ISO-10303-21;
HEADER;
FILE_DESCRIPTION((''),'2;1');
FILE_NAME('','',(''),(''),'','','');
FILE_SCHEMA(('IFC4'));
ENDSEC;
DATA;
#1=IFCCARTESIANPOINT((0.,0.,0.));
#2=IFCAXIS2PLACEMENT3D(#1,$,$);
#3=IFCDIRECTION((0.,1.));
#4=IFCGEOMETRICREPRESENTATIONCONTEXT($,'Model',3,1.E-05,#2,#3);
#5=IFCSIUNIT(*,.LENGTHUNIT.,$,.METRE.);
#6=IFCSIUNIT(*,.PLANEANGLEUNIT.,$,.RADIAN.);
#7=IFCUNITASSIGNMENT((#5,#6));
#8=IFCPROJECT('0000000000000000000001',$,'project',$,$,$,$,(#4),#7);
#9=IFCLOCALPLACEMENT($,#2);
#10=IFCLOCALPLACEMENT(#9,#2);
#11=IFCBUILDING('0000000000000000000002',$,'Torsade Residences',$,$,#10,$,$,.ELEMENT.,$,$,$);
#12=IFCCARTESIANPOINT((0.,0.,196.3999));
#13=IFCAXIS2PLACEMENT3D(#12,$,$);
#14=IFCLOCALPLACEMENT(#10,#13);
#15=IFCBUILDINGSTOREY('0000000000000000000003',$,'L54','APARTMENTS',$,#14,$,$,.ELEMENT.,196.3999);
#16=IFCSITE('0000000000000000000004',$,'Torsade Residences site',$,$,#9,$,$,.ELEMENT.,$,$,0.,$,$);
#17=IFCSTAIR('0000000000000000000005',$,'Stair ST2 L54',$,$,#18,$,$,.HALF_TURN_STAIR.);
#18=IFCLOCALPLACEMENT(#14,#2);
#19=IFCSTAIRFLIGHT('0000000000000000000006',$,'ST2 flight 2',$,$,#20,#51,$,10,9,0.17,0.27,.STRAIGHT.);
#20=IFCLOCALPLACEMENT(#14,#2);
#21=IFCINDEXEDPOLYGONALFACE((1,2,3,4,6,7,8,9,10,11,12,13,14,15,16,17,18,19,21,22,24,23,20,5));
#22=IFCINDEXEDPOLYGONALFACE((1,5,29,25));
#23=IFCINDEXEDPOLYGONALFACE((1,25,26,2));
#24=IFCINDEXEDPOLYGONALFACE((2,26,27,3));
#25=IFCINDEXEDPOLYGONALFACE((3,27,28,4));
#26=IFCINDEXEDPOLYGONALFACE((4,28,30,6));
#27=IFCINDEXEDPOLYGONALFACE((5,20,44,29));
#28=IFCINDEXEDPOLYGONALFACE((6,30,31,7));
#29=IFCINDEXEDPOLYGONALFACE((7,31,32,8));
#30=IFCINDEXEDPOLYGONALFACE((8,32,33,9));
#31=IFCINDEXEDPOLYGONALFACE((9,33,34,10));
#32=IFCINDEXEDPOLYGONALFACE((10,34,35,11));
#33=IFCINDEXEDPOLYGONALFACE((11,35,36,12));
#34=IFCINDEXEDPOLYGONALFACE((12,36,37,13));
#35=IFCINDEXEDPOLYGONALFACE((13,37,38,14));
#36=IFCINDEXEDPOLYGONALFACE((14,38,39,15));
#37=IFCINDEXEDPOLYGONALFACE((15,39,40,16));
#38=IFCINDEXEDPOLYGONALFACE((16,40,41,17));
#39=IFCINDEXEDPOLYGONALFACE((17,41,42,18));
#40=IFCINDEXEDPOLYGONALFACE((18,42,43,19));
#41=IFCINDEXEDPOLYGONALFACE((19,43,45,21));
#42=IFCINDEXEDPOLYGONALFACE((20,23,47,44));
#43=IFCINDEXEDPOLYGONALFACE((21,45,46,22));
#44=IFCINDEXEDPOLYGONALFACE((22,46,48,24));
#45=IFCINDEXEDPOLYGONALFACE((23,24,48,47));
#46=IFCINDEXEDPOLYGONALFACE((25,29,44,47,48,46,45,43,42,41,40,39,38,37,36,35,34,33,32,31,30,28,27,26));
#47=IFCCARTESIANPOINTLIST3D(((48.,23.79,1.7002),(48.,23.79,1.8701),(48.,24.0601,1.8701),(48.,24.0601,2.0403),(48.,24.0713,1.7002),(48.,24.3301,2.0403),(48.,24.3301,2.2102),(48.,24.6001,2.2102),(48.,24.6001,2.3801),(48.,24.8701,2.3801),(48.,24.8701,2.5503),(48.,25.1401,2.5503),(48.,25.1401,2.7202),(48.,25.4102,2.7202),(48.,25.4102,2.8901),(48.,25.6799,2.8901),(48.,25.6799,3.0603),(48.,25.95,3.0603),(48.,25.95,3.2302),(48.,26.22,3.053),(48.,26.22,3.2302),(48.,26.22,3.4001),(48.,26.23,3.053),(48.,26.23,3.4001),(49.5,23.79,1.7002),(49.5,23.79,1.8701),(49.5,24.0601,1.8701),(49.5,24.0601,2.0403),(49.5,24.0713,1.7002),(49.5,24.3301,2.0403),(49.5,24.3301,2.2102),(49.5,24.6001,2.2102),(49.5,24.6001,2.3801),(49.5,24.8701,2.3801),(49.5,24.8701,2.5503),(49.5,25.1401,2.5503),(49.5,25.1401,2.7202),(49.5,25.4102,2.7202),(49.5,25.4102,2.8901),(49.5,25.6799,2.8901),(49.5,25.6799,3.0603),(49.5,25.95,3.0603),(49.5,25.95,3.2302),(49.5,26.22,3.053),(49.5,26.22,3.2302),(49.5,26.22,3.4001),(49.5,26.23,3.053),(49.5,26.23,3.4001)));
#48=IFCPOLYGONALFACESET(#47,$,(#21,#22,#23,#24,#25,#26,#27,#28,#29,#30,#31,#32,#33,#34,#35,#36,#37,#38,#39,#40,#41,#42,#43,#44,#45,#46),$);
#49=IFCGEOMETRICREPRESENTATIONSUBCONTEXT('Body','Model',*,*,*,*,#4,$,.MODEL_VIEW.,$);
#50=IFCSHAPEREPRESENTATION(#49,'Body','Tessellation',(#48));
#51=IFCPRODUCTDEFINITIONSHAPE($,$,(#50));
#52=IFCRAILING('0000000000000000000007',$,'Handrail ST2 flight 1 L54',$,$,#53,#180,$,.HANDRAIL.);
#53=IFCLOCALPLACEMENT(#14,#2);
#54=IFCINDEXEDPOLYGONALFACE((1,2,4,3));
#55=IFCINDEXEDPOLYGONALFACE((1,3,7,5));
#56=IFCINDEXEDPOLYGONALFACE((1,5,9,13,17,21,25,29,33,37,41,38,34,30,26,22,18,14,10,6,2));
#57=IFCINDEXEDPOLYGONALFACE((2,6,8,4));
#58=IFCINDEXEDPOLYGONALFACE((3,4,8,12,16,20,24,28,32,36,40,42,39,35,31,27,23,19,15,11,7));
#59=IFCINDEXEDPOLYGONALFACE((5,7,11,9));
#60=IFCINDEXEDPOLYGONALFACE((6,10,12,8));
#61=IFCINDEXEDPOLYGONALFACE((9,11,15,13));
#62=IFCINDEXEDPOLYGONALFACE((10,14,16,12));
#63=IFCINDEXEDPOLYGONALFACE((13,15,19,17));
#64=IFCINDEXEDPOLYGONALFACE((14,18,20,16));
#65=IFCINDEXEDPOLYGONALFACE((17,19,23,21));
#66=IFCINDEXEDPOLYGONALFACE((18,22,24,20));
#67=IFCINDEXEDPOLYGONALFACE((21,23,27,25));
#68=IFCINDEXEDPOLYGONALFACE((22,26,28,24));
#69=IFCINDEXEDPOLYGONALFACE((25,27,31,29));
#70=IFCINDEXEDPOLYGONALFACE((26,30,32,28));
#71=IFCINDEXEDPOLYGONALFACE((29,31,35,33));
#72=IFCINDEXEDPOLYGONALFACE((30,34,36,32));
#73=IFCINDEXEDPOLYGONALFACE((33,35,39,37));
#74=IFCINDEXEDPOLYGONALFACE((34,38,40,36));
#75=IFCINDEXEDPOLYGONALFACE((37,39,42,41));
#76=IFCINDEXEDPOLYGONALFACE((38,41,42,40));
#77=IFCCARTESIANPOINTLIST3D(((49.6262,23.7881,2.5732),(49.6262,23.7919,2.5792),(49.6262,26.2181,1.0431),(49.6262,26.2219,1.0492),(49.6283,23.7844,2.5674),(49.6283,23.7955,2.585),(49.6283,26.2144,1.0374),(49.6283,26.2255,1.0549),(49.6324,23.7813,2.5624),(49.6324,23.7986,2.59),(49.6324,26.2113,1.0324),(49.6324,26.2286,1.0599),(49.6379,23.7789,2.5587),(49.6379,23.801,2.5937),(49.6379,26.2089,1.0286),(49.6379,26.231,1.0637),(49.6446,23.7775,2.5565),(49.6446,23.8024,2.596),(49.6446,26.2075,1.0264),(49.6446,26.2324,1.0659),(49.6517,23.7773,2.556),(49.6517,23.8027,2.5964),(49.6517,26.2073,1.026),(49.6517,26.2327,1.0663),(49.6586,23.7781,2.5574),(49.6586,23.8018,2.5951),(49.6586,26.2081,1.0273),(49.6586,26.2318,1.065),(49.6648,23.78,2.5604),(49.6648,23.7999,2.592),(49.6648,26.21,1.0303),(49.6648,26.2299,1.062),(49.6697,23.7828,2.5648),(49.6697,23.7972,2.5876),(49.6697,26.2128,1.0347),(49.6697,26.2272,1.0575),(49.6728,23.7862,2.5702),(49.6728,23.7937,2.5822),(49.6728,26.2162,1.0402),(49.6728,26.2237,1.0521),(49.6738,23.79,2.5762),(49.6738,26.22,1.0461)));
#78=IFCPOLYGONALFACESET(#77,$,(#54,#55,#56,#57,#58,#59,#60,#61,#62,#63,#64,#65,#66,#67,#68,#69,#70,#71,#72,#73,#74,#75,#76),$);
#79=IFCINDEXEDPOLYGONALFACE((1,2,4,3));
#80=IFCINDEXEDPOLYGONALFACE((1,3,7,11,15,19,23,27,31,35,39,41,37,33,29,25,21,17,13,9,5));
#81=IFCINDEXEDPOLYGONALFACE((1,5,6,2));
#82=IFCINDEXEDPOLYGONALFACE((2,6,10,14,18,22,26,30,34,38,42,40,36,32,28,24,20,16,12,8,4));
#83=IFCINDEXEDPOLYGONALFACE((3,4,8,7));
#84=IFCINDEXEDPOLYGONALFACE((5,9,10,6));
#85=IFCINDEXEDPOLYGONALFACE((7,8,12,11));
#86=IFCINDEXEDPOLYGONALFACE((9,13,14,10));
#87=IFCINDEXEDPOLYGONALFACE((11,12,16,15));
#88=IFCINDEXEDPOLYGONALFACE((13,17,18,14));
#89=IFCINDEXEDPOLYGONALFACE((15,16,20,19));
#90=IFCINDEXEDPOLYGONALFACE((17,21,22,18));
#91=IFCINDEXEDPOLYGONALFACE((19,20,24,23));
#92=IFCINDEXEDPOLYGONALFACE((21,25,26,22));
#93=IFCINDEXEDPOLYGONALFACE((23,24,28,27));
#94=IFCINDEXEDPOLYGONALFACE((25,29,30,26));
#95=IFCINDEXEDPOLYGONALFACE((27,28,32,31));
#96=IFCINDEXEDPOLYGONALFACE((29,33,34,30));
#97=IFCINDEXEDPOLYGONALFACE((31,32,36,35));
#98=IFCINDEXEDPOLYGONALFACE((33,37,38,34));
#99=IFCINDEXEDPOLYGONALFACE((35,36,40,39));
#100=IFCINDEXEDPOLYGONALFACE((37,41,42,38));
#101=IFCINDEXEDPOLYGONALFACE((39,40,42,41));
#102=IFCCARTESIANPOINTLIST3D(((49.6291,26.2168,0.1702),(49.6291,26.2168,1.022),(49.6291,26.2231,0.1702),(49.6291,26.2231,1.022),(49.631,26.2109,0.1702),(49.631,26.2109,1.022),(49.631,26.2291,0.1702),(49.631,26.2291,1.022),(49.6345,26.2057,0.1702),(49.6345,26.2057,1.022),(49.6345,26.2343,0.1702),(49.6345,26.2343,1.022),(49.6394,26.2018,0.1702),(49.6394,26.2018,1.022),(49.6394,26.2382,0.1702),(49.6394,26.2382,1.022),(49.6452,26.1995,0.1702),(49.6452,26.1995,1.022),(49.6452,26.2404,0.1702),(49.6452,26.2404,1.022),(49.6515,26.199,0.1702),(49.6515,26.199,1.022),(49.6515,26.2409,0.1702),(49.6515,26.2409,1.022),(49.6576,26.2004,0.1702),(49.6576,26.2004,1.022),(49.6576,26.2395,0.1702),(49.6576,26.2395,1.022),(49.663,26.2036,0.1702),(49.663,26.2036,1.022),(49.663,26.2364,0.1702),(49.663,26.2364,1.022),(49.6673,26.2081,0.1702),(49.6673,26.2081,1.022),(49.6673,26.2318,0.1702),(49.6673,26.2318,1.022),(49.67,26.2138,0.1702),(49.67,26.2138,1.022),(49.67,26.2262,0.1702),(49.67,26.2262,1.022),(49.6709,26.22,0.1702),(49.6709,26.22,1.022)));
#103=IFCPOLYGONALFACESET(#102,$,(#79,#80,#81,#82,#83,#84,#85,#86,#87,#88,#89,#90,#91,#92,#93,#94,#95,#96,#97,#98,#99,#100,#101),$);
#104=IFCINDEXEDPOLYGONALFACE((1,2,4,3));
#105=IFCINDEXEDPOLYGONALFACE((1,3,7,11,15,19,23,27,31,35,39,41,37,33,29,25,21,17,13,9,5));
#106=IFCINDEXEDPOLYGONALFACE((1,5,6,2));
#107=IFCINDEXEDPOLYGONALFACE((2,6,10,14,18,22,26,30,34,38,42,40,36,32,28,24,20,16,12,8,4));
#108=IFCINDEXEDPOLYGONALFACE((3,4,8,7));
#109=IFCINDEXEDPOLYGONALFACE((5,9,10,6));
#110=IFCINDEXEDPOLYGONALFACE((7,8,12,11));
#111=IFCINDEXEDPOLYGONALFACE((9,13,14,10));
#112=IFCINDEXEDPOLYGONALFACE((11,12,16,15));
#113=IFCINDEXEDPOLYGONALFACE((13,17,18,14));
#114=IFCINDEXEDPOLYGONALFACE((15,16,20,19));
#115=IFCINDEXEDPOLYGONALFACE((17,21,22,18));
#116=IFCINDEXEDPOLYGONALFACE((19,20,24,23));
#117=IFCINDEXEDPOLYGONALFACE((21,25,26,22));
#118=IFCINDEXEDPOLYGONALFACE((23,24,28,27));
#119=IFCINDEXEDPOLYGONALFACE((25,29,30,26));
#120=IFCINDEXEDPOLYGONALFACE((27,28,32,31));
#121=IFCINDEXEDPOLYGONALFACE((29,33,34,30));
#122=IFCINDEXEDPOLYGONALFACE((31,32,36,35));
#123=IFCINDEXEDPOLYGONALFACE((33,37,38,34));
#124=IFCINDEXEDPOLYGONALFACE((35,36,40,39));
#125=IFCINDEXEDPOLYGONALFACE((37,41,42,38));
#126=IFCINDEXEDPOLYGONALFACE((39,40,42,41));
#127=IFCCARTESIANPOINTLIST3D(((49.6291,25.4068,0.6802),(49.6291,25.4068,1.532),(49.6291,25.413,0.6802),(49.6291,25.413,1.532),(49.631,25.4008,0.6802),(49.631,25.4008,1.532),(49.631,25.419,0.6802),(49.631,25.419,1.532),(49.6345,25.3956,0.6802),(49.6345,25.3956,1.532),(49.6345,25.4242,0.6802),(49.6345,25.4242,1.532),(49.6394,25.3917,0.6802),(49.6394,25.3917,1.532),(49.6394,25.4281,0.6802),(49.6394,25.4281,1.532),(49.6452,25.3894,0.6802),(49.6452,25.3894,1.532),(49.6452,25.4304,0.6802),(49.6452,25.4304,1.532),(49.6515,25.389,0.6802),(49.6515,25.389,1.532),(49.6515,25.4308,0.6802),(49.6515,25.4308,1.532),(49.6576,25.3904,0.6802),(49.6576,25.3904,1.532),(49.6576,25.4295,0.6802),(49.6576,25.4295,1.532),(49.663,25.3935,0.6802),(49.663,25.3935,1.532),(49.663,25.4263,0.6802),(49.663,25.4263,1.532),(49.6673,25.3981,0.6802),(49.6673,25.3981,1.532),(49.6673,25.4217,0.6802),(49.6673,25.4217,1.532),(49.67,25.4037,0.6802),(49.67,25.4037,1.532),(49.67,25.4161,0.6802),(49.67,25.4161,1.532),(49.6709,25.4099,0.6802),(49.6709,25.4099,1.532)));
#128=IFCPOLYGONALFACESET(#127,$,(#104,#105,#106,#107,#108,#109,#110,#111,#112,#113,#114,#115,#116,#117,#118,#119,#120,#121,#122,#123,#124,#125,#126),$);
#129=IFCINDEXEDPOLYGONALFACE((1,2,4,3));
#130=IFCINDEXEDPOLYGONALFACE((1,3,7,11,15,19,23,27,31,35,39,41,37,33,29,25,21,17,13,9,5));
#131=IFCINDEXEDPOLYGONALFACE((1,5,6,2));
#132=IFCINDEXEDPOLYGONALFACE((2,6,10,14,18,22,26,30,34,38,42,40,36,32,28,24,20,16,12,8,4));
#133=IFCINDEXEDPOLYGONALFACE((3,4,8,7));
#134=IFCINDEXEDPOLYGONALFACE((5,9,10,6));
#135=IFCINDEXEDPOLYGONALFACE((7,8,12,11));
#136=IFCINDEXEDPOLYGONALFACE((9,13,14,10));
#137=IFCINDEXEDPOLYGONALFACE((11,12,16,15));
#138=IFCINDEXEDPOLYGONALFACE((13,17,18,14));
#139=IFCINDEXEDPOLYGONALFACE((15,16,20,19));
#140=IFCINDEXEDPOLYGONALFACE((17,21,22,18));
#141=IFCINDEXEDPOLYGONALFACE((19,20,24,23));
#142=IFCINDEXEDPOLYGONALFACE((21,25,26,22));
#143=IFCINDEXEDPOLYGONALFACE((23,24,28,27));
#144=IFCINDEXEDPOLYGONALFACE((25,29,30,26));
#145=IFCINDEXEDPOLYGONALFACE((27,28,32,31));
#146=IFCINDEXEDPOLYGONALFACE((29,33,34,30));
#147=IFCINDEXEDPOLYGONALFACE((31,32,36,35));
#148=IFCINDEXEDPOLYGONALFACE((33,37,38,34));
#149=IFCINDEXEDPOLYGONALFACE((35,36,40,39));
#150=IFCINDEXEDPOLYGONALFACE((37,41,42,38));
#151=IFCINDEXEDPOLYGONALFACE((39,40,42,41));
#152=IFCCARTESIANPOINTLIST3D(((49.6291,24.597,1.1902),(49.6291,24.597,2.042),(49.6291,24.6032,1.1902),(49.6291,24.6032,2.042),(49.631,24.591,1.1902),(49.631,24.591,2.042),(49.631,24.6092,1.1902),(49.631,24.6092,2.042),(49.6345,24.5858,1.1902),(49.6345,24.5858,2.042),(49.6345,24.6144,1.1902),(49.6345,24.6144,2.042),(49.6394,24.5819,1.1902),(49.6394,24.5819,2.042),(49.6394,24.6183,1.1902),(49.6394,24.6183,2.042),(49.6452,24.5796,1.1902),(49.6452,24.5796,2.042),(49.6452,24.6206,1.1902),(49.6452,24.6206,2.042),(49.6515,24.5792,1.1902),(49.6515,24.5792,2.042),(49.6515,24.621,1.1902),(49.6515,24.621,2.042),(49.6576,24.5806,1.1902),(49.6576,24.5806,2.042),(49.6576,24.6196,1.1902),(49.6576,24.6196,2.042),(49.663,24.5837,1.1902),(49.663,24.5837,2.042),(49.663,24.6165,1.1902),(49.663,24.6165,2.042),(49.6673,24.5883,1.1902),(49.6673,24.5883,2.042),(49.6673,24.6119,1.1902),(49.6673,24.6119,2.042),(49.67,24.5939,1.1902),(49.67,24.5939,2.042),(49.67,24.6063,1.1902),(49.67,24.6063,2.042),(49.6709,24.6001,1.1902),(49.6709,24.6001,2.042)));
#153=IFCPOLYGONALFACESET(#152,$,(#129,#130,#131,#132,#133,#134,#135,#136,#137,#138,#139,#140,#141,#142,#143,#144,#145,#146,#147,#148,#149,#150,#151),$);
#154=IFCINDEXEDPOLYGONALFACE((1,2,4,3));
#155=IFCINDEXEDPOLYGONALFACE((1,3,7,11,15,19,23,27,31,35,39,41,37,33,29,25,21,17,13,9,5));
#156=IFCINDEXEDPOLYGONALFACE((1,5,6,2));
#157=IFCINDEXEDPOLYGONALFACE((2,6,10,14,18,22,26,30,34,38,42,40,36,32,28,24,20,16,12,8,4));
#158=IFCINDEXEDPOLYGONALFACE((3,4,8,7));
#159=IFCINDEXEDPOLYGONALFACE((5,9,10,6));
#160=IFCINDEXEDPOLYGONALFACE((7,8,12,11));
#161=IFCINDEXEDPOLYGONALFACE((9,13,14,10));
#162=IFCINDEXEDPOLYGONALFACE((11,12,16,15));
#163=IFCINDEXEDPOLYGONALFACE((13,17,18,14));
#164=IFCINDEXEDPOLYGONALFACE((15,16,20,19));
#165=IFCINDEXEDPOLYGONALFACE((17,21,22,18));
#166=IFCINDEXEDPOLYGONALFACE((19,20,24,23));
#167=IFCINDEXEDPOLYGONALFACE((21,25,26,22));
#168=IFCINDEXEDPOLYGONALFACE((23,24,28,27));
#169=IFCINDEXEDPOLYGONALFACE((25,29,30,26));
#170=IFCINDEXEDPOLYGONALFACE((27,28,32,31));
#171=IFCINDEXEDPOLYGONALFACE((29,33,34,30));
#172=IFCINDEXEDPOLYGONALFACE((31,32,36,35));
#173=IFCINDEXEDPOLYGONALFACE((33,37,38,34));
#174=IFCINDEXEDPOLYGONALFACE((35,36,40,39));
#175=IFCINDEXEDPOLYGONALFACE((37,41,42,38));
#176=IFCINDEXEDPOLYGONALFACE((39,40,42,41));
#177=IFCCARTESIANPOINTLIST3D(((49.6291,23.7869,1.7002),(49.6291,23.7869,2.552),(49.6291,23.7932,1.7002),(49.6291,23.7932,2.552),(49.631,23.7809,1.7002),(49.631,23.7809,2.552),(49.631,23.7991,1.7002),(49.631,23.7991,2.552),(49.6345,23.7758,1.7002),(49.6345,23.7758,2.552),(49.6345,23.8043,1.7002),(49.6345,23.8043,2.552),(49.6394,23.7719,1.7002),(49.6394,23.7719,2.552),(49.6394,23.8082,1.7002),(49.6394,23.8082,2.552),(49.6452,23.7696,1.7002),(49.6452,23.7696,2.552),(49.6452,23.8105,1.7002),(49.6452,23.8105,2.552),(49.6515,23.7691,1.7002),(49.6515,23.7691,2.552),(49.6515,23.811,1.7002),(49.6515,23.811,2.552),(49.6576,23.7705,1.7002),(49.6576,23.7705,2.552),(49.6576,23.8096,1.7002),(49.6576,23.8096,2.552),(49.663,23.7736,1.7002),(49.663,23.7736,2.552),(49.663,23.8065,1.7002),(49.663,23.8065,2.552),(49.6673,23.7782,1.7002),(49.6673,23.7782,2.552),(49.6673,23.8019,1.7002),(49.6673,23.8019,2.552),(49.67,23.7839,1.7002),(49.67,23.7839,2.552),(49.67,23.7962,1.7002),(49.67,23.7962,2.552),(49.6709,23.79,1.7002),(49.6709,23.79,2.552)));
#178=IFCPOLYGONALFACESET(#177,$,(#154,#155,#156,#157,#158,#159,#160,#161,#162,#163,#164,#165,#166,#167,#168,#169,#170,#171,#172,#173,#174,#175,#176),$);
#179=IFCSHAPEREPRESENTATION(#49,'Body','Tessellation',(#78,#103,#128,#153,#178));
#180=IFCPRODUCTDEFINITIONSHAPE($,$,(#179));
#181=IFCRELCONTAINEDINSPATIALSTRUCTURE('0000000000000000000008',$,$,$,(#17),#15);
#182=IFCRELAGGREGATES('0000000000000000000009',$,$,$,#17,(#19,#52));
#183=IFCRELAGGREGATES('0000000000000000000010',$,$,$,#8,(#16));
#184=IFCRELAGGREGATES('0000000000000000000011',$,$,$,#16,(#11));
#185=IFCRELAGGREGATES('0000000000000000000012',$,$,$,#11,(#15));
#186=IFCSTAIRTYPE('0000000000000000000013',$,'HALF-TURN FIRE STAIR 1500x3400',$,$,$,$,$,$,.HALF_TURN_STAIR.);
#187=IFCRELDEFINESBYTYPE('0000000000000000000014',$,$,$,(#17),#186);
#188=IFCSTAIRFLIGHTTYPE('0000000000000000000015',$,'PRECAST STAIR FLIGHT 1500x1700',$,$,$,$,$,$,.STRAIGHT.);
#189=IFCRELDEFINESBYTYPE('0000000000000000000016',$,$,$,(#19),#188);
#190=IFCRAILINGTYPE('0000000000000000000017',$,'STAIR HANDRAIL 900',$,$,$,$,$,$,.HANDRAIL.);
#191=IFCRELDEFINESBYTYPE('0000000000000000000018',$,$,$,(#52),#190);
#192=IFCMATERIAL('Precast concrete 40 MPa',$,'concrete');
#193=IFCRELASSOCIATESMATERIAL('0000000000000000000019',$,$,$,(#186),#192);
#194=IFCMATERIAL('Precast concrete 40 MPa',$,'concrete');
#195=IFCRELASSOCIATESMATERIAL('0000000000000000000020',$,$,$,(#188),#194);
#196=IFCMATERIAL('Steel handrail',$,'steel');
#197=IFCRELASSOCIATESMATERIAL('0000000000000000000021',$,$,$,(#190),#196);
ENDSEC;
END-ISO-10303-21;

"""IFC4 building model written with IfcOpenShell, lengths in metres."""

from ifc_helpers import new_model, si_unit, direction, frame, origin, origin_2d, place, context, subcontext, project, spatial, polyline, circle, outline, extrude, material, type_object, element, aggregate, save


model = new_model("IFC4")

# Units and contexts
model_context = context("Model", 3, precision=1e-05, world=origin(), true_north=direction((0.0, 1.0)))
body_context = subcontext(model_context, "Body", "Model", "MODEL_VIEW")
ifc_project = project(units=[si_unit("LENGTHUNIT", "METRE"), si_unit("PLANEANGLEUNIT", "RADIAN")], contexts=[model_context])

# Site, building, storey
site_placement = place(None, origin())
site = spatial("IfcSite", under=ifc_project, at=site_placement, Name="Torsade Residences site", CompositionType="ELEMENT", RefElevation=0.0)
building_placement = place(site_placement, origin())
building = spatial("IfcBuilding", under=site, at=building_placement, Name="Torsade Residences", CompositionType="ELEMENT")
storey_placement = place(building_placement, frame((0.0, 0.0, 196.3999)))
storey = spatial("IfcBuildingStorey", under=building, at=storey_placement, Name="L54", Description="APARTMENTS", CompositionType="ELEMENT", Elevation=196.3999)

# Stair, stair flight, railing
ifc_material_1 = material(Name="Precast concrete 40 MPa", Category="concrete")
stair_type = type_object("IfcStairType", Name="HALF-TURN FIRE STAIR 1500x3400", PredefinedType="HALF_TURN_STAIR", material=ifc_material_1)
stair_placement = place(storey_placement, origin())
stair = element("IfcStair", 1, at=stair_placement, inside=storey, type_object=stair_type, Name="Stair ST2 L54", PredefinedType="HALF_TURN_STAIR")
ifc_material_2 = material(Name="Precast concrete 40 MPa", Category="concrete")
stair_flight_type = type_object("IfcStairFlightType", Name="PRECAST STAIR FLIGHT 1500x1700", PredefinedType="STRAIGHT", material=ifc_material_2)
stair_flight_1_placement = place(storey_placement, frame((48.75, 23.79, 1.7002), z_axis=(0.0, 0.0, 1.0), x_axis=(0.0, 1.0, 0.0)))
stair_flight_1 = element("IfcStairFlight", 2, at=stair_flight_1_placement, type_object=stair_flight_type, Name="ST2 flight 2", NumberOfRisers=10, NumberOfTreads=9, PredefinedType="STRAIGHT", RiserHeight=0.17, TreadLength=0.27, context=body_context, shape_type="SweptSolid", body=[
    extrude(outline(polyline([(0.0, 0.0), (0.0, 0.1699), (0.27, 0.1699), (0.27, 0.3401), (0.54, 0.3401), (0.54, 0.51), (0.8101, 0.51), (0.8101, 0.6799), (1.0801, 0.6799), (1.0801, 0.8501), (1.3501, 0.8501), (1.3501, 1.02), (1.6201, 1.02), (1.6201, 1.1899), (1.8899, 1.1899), (1.8899, 1.3601), (2.1599, 1.3601), (2.1599, 1.53), (2.4299, 1.53), (2.4299, 1.7), (2.4399, 1.7), (2.4399, 1.3528), (2.4299, 1.3528), (0.2812, 0.0), (0.0, 0.0)])), frame((0.0, 0.75, 0.0), z_axis=(0.0, -1.0, 0.0), x_axis=(1.0, 0.0, 0.0)), (0.0, 0.0, 1.0), 1.5),
])
ifc_material_3 = material(Name="Steel handrail", Category="steel")
railing_type = type_object("IfcRailingType", Name="STAIR HANDRAIL 900", PredefinedType="HANDRAIL", material=ifc_material_3)
railing_1_placement = place(storey_placement, frame((49.6499, 26.22, 0.1702)))
railing_1 = element("IfcRailing", 3, at=railing_1_placement, type_object=railing_type, Name="Handrail ST2 flight 1 L54", PredefinedType="HANDRAIL", context=body_context, shape_type="SweptSolid", body=[
    extrude(circle(Radius=0.0239, at=origin_2d()), frame((0.0, 0.0, 0.876), z_axis=(0.0, -0.846221, 0.532831), x_axis=(1.0, 0.0, 0.0)), (0.0, 0.0, 1.0), 2.8716),
    extrude(circle(Radius=0.021, at=origin_2d()), origin(), (0.0, 0.0, 1.0), 0.8518),
    extrude(circle(Radius=0.021, at=origin_2d()), frame((0.0, -0.8101, 0.51)), (0.0, 0.0, 1.0), 0.8518),
    extrude(circle(Radius=0.021, at=origin_2d()), frame((0.0, -1.6199, 1.02)), (0.0, 0.0, 1.0), 0.8518),
    extrude(circle(Radius=0.021, at=origin_2d()), frame((0.0, -2.4299, 1.53)), (0.0, 0.0, 1.0), 0.8518),
])
aggregate(stair, [stair_flight_1, railing_1])

save(model, "model.ifc")
